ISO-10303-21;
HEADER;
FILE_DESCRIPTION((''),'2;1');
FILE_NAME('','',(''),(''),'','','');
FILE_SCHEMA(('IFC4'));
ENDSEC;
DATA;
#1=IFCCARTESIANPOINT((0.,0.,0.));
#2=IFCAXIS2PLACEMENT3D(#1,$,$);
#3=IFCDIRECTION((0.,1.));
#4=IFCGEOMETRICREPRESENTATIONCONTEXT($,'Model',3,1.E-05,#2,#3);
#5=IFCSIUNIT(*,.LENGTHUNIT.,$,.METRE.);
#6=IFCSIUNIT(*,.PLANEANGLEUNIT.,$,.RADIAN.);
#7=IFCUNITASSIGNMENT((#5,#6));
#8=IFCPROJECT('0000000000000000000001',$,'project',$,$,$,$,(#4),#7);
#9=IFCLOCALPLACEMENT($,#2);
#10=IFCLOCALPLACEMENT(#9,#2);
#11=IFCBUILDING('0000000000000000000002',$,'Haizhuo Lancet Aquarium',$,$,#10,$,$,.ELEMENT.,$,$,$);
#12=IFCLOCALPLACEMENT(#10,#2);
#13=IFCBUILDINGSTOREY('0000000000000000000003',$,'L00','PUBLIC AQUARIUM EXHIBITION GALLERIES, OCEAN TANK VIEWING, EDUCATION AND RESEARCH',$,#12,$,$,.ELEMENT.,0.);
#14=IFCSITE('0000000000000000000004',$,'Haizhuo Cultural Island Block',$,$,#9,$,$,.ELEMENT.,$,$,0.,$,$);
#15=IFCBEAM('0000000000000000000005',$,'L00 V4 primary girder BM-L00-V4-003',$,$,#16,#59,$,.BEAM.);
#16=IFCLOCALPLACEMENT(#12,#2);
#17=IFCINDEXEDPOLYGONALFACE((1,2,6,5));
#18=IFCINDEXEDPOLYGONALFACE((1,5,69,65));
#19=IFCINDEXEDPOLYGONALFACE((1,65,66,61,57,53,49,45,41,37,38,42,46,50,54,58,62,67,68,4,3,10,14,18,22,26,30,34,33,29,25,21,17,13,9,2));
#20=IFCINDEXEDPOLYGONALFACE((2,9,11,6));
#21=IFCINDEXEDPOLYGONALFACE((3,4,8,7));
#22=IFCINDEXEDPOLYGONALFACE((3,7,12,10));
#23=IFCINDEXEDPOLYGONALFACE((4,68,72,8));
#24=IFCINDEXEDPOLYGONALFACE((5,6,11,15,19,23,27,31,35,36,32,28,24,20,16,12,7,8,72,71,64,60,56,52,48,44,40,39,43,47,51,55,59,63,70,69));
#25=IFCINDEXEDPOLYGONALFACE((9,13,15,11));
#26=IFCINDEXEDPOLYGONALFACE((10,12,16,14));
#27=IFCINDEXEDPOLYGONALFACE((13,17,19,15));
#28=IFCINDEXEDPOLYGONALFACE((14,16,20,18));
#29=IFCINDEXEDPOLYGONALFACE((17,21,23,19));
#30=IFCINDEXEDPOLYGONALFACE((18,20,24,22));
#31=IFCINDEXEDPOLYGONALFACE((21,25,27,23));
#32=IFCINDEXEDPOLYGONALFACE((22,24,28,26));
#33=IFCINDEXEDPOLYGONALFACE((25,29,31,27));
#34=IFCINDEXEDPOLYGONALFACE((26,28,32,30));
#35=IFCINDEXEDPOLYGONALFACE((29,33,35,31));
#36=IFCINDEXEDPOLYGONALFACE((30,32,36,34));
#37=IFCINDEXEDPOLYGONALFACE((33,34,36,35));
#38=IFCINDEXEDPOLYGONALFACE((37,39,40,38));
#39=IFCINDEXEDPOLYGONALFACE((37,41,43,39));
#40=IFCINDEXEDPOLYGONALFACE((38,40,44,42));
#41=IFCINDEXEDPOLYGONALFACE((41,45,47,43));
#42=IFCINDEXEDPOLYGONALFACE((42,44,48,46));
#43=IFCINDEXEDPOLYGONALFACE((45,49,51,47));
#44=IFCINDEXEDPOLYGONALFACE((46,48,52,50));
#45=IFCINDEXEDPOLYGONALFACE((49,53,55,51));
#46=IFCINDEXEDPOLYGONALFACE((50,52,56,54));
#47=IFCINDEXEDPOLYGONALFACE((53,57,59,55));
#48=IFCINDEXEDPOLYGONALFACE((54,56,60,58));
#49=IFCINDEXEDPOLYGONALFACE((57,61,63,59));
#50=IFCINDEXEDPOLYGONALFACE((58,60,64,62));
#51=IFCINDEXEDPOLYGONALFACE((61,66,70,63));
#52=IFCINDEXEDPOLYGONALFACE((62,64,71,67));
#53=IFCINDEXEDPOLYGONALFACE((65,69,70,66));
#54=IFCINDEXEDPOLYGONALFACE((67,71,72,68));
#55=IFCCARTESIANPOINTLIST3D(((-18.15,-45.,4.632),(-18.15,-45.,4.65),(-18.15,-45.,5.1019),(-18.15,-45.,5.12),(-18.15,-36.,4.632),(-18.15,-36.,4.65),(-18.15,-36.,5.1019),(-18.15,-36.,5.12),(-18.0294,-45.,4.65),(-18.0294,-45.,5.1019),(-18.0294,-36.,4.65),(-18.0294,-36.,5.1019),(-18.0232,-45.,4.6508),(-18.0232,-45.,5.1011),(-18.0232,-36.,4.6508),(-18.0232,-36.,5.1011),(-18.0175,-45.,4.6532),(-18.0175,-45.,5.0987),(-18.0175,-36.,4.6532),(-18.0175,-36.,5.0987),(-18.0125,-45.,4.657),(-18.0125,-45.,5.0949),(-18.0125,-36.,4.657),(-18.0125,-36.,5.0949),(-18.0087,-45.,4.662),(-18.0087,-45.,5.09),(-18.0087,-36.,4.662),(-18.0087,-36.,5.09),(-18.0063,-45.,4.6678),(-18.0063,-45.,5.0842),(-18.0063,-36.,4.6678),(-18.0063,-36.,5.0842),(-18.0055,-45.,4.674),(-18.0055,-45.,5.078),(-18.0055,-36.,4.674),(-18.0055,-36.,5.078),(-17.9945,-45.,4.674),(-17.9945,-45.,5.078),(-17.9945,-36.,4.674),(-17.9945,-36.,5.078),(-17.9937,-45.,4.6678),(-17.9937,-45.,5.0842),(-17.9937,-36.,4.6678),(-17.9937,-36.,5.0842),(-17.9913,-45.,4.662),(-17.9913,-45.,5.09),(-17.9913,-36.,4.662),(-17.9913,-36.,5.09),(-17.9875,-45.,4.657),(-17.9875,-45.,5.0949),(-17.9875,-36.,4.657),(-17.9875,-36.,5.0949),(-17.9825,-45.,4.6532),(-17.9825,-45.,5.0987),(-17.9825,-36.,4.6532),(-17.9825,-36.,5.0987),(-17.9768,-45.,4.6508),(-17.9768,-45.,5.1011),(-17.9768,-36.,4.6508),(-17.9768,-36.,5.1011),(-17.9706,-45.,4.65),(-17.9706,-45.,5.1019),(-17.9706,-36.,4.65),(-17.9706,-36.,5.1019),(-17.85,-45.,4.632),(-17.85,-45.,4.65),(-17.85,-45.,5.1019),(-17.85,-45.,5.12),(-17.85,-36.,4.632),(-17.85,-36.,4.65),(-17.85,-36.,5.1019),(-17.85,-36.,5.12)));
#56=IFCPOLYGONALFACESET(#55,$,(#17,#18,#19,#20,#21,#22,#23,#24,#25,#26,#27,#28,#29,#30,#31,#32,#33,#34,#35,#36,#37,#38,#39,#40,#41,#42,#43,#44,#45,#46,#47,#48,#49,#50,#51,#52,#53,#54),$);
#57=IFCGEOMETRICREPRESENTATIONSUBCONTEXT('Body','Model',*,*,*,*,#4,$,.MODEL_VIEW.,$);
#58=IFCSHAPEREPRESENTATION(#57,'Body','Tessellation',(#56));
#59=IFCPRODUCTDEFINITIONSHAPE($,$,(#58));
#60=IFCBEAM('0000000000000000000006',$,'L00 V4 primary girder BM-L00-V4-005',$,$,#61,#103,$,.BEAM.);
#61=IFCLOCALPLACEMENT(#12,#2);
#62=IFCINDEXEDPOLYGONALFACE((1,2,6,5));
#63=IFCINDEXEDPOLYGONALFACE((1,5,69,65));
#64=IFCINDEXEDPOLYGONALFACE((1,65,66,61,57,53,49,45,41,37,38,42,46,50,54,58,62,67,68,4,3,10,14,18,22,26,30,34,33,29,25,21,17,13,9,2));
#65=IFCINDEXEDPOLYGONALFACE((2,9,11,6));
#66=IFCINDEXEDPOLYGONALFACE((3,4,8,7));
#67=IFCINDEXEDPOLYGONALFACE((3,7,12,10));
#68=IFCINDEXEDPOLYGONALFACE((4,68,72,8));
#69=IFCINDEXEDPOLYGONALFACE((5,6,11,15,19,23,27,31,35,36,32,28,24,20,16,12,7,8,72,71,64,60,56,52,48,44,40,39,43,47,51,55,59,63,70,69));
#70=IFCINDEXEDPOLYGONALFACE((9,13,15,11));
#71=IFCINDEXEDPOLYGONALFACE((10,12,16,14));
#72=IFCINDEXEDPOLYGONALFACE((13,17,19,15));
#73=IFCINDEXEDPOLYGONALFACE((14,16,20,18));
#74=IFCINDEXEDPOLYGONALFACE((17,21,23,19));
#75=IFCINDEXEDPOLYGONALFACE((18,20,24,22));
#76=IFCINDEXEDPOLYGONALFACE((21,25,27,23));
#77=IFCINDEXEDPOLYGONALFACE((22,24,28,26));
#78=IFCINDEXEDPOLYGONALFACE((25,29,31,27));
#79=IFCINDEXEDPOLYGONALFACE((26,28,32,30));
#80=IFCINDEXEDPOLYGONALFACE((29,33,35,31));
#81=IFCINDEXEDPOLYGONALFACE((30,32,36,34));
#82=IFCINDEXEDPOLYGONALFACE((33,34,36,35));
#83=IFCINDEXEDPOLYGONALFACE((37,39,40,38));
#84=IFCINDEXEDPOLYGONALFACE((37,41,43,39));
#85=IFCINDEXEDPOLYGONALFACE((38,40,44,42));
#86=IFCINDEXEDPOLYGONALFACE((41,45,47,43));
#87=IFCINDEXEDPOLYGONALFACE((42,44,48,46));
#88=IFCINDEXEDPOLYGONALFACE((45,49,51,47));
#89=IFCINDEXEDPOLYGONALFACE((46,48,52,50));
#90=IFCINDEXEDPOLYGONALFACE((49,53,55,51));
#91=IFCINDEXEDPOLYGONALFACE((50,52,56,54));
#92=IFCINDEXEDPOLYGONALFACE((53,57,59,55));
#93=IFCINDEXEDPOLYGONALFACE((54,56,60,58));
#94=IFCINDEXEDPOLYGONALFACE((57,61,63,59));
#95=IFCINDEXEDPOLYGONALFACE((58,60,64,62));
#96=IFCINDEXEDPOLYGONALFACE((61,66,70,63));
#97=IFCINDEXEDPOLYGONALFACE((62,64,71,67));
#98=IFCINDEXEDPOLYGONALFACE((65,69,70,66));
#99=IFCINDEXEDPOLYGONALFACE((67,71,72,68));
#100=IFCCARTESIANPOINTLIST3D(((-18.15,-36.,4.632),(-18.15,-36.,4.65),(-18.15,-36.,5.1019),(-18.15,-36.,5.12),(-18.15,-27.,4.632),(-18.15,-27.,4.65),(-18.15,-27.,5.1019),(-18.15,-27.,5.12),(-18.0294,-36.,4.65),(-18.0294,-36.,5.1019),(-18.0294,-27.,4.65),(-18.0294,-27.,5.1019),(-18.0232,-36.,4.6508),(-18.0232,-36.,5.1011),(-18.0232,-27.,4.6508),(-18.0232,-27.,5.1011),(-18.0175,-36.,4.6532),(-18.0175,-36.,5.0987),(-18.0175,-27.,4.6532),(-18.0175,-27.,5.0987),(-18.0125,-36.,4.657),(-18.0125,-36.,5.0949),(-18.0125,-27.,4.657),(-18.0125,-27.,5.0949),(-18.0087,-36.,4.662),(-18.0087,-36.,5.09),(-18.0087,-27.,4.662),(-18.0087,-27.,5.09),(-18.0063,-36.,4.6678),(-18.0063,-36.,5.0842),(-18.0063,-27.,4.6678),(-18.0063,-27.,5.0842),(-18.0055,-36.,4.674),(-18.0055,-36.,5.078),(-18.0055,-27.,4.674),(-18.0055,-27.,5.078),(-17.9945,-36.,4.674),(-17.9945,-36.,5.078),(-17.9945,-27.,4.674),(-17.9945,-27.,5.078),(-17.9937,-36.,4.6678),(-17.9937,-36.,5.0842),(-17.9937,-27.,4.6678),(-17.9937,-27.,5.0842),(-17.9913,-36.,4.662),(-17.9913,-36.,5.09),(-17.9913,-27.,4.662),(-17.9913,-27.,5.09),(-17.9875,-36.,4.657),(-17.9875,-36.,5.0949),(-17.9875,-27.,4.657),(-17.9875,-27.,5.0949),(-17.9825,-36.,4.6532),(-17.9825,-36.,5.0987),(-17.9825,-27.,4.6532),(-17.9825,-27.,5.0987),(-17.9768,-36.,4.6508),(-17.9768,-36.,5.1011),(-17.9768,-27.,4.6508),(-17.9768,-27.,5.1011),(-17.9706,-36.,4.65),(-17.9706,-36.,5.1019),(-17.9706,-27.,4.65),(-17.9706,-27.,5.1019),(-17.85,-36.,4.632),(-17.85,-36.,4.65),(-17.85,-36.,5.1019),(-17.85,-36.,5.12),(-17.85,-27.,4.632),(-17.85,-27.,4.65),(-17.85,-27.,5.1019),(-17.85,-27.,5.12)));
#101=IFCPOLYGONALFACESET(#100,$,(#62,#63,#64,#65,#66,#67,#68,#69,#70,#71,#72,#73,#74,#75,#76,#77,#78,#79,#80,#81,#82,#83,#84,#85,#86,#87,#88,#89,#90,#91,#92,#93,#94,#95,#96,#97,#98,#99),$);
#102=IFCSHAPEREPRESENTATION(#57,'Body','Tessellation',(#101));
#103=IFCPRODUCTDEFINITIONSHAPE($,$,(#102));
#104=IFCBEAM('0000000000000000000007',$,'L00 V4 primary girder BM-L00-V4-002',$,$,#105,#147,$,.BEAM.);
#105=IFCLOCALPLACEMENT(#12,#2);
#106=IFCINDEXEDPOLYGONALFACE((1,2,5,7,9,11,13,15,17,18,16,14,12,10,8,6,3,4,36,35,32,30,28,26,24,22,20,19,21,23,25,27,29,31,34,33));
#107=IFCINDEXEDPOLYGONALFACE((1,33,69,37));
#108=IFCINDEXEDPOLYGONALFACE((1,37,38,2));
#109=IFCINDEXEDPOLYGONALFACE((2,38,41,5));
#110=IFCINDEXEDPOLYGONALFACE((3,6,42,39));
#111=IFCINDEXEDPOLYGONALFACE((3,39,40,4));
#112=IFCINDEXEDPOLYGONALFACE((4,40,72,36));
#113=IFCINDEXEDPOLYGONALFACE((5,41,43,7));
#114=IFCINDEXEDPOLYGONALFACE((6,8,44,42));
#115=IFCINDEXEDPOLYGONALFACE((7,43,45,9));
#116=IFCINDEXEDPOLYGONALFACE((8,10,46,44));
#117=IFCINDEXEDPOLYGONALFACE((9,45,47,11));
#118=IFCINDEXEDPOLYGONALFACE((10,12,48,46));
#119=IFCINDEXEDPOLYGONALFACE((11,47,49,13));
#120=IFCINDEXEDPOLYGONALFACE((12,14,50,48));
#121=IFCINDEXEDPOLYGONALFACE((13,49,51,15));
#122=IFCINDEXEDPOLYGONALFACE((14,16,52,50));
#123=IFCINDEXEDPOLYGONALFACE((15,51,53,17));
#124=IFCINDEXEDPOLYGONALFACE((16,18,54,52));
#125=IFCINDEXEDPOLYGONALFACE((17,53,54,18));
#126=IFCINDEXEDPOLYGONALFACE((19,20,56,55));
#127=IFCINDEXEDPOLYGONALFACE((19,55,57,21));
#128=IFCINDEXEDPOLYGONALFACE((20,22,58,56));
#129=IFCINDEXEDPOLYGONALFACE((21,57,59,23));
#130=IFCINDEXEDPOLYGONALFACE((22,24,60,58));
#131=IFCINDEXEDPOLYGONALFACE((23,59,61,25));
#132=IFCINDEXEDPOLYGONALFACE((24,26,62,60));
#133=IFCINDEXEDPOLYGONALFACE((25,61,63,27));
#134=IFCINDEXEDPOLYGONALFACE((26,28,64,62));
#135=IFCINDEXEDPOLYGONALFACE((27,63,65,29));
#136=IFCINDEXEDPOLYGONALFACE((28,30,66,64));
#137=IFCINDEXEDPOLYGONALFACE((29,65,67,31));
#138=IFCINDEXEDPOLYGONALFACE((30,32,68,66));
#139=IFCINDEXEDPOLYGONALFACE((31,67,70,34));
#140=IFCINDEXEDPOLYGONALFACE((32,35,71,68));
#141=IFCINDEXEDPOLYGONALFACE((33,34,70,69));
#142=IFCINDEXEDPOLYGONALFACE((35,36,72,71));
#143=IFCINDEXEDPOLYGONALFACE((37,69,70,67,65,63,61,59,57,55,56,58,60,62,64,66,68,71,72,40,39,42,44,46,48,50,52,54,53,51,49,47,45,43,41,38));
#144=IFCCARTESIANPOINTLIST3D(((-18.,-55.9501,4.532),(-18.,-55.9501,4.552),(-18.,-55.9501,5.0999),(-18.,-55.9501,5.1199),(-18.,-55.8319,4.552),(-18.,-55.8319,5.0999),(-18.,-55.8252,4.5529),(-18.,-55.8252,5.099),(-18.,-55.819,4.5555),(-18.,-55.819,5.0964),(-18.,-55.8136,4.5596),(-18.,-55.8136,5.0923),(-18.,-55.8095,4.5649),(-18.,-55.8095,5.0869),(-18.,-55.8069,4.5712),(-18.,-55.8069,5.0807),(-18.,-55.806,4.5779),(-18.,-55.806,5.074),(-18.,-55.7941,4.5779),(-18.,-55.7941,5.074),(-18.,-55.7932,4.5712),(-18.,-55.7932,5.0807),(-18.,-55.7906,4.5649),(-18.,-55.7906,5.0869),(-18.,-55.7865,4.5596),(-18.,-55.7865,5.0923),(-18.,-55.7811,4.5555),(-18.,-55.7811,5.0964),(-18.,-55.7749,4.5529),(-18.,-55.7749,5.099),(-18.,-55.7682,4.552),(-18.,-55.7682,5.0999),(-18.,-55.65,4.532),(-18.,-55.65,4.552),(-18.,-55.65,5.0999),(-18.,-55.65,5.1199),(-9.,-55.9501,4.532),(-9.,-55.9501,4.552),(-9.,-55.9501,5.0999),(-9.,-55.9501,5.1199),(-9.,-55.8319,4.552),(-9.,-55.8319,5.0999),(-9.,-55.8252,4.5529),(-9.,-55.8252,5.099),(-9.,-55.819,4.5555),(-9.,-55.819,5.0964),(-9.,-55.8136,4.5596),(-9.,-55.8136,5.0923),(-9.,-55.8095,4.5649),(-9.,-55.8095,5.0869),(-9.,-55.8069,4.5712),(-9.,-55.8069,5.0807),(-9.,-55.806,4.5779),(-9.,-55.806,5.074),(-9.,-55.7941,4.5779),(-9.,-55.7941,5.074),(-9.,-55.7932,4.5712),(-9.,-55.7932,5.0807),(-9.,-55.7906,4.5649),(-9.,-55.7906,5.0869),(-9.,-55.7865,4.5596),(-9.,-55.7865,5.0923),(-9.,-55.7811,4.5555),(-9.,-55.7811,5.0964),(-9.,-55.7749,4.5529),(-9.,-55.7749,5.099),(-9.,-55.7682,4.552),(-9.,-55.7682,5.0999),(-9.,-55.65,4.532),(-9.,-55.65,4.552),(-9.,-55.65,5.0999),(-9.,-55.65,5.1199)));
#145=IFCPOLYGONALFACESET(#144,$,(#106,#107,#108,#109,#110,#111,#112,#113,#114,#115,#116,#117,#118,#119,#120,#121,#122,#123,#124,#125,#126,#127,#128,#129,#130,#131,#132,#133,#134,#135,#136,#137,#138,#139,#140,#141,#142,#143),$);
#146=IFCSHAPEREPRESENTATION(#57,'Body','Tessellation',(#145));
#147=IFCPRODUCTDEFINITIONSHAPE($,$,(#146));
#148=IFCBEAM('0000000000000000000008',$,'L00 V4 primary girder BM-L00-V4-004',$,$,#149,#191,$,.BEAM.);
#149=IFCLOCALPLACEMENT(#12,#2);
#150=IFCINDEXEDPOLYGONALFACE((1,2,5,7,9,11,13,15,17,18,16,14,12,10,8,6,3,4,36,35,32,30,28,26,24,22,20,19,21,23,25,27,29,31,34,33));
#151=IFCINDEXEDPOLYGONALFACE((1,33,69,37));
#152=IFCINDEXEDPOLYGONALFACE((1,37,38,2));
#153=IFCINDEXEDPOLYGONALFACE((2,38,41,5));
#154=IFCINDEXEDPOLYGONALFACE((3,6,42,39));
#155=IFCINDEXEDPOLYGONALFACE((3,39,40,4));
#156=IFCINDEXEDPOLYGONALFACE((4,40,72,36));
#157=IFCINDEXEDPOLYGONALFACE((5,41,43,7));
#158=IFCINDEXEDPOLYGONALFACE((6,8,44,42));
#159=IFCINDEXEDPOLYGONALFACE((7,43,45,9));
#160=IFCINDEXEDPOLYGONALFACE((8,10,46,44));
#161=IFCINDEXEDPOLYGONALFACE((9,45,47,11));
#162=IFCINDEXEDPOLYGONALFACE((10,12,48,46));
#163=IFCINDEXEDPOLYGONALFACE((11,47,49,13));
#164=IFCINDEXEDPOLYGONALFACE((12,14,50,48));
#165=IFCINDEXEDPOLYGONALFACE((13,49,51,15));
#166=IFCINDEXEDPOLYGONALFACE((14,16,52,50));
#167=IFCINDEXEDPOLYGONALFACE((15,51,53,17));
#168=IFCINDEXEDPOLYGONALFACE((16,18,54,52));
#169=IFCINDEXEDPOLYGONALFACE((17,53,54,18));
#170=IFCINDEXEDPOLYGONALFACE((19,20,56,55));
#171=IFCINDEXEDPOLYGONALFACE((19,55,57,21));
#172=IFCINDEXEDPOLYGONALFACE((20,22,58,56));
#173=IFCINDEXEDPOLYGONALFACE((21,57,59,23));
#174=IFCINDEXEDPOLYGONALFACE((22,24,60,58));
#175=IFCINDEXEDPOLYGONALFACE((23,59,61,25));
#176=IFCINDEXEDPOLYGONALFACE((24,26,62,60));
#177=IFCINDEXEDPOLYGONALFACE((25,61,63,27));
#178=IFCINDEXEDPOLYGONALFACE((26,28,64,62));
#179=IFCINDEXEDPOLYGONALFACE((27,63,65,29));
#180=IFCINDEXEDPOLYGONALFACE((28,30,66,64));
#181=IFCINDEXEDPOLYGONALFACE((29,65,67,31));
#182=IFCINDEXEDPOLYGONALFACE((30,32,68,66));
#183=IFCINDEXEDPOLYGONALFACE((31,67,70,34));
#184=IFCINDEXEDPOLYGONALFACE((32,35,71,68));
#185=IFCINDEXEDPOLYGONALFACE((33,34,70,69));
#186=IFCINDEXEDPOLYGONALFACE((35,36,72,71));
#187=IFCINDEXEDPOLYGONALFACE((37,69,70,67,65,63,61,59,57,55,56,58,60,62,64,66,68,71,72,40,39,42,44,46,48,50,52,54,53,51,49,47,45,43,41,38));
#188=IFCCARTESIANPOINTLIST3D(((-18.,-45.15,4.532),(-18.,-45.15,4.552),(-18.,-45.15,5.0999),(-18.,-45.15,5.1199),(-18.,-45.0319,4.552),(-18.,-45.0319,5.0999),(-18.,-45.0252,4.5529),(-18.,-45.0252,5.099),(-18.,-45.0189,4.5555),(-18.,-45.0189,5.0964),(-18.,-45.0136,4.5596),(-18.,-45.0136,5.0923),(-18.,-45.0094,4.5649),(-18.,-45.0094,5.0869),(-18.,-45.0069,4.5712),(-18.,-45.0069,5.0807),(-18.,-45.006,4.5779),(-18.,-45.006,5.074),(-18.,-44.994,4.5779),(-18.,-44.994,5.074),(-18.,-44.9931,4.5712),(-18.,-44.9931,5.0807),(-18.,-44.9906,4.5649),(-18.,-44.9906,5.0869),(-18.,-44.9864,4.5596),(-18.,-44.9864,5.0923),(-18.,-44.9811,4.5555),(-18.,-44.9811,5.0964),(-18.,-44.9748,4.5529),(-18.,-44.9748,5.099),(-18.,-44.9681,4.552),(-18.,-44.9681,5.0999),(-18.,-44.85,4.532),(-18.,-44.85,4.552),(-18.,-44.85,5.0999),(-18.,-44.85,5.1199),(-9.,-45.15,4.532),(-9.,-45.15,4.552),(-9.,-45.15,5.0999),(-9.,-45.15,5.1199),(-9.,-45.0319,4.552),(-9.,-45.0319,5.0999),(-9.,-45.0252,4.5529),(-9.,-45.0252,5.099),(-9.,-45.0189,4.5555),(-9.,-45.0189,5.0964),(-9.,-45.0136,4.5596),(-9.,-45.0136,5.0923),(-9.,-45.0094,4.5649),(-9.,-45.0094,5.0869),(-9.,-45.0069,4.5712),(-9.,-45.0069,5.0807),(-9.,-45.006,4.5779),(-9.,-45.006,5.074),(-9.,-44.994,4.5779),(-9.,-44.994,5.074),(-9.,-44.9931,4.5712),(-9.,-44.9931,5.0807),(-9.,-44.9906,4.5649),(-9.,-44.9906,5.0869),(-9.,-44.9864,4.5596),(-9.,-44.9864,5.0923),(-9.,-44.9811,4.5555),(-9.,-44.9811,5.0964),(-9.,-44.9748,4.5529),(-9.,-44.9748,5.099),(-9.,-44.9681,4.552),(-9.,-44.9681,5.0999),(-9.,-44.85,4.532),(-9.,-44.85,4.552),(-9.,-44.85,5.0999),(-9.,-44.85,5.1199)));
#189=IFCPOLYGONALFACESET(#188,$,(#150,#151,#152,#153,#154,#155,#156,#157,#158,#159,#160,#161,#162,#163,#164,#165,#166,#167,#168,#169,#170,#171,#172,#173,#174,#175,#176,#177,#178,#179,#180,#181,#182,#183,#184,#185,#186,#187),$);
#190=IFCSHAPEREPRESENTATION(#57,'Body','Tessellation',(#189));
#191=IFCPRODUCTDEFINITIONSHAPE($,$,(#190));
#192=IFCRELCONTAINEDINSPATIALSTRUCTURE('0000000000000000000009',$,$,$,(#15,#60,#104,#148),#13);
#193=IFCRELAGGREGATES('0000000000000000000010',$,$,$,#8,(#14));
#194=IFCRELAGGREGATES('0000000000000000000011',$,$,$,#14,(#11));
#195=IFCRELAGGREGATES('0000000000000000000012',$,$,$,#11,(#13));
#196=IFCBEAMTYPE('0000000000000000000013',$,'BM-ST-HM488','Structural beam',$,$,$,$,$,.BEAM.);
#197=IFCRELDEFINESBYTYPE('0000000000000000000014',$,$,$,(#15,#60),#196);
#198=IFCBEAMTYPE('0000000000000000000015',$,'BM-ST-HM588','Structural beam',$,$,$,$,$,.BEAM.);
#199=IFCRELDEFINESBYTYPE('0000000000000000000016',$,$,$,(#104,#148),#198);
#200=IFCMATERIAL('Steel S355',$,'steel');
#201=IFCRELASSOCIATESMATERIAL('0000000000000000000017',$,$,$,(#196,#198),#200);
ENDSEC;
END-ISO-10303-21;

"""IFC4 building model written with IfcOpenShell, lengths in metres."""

from ifc_helpers import new_model, si_unit, direction, frame, origin, origin_2d, place, context, subcontext, project, spatial, i_section, extrude, material, material_profile, profile_set, type_object, element, save


model = new_model("IFC4")

# Units and contexts
model_context = context("Model", 3, precision=1e-05, world=origin(), true_north=direction((0.0, 1.0)))
body_context = subcontext(model_context, "Body", "Model", "MODEL_VIEW")
ifc_project = project(units=[si_unit("LENGTHUNIT", "METRE"), si_unit("PLANEANGLEUNIT", "RADIAN")], contexts=[model_context])

# Site, building, storey
site_placement = place(None, origin())
site = spatial("IfcSite", under=ifc_project, at=site_placement, Name="Haizhuo Cultural Island Block", CompositionType="ELEMENT", RefElevation=0.0)
building_placement = place(site_placement, origin())
building = spatial("IfcBuilding", under=site, at=building_placement, Name="Haizhuo Lancet Aquarium", CompositionType="ELEMENT")
storey_placement = place(building_placement, origin())
storey = spatial("IfcBuildingStorey", under=building, at=storey_placement, Name="L00", Description="PUBLIC AQUARIUM EXHIBITION GALLERIES, OCEAN TANK VIEWING, EDUCATION AND RESEARCH", CompositionType="ELEMENT", Elevation=0.0)

# Shared definitions
ifc_material_1 = material(Name="Steel S355", Category="steel")

# Beams
ifc_material_profile_1 = material_profile(ifc_material_1, i_section(OverallWidth=0.3, OverallDepth=0.488, WebThickness=0.011, FlangeThickness=0.0181, FilletRadius=0.0239, at=origin_2d()), Name="HM 488x300x11x18")
ifc_profile_set_1 = profile_set([ifc_material_profile_1], Name="Steel S355")
beam_type_1 = type_object("IfcBeamType", Name="BM-ST-HM488", Description="Structural beam", PredefinedType="BEAM", material=ifc_profile_set_1)
for number, where, z_axis, x_axis, name in (
    (1, (-18.0, -45.0, 4.876), (0.0, 1.0, 0.0), (-1.0, 0.0, 0.0), "L00 V4 primary girder BM-L00-V4-003"),
    (2, (-18.0, -36.0, 4.876), (0.0, 1.0, 0.0), (-1.0, 0.0, 0.0), "L00 V4 primary girder BM-L00-V4-005"),
):
    element("IfcBeam", number, at=place(storey_placement, frame(where, z_axis=z_axis, x_axis=x_axis)), inside=storey, type_object=beam_type_1, Name=name, PredefinedType="BEAM", context=body_context, shape_type="SweptSolid", body=[
        extrude(i_section(OverallWidth=0.3, OverallDepth=0.488, WebThickness=0.011, FlangeThickness=0.0181, FilletRadius=0.0239, at=origin_2d()), origin(), (0.0, 0.0, 1.0), 9.0),
    ])
ifc_material_profile_2 = material_profile(ifc_material_1, i_section(OverallWidth=0.3, OverallDepth=0.5879, WebThickness=0.012, FlangeThickness=0.02, FilletRadius=0.0259, at=origin_2d()), Name="HM 588x300x12x20")
ifc_profile_set_2 = profile_set([ifc_material_profile_2], Name="Steel S355")
beam_type_2 = type_object("IfcBeamType", Name="BM-ST-HM588", Description="Structural beam", PredefinedType="BEAM", material=ifc_profile_set_2)
for number, where, z_axis, x_axis, name in (
    (3, (-18.0, -55.8, 4.8259), (1.0, 0.0, 0.0), (0.0, 1.0, 0.0), "L00 V4 primary girder BM-L00-V4-002"),
    (4, (-18.0, -45.0, 4.8259), (1.0, 0.0, 0.0), (0.0, 1.0, 0.0), "L00 V4 primary girder BM-L00-V4-004"),
):
    element("IfcBeam", number, at=place(storey_placement, frame(where, z_axis=z_axis, x_axis=x_axis)), inside=storey, type_object=beam_type_2, Name=name, PredefinedType="BEAM", context=body_context, shape_type="SweptSolid", body=[
        extrude(i_section(OverallWidth=0.3, OverallDepth=0.5879, WebThickness=0.012, FlangeThickness=0.02, FilletRadius=0.0259, at=origin_2d()), origin(), (0.0, 0.0, 1.0), 9.0),
    ])

save(model, "model.ifc")
